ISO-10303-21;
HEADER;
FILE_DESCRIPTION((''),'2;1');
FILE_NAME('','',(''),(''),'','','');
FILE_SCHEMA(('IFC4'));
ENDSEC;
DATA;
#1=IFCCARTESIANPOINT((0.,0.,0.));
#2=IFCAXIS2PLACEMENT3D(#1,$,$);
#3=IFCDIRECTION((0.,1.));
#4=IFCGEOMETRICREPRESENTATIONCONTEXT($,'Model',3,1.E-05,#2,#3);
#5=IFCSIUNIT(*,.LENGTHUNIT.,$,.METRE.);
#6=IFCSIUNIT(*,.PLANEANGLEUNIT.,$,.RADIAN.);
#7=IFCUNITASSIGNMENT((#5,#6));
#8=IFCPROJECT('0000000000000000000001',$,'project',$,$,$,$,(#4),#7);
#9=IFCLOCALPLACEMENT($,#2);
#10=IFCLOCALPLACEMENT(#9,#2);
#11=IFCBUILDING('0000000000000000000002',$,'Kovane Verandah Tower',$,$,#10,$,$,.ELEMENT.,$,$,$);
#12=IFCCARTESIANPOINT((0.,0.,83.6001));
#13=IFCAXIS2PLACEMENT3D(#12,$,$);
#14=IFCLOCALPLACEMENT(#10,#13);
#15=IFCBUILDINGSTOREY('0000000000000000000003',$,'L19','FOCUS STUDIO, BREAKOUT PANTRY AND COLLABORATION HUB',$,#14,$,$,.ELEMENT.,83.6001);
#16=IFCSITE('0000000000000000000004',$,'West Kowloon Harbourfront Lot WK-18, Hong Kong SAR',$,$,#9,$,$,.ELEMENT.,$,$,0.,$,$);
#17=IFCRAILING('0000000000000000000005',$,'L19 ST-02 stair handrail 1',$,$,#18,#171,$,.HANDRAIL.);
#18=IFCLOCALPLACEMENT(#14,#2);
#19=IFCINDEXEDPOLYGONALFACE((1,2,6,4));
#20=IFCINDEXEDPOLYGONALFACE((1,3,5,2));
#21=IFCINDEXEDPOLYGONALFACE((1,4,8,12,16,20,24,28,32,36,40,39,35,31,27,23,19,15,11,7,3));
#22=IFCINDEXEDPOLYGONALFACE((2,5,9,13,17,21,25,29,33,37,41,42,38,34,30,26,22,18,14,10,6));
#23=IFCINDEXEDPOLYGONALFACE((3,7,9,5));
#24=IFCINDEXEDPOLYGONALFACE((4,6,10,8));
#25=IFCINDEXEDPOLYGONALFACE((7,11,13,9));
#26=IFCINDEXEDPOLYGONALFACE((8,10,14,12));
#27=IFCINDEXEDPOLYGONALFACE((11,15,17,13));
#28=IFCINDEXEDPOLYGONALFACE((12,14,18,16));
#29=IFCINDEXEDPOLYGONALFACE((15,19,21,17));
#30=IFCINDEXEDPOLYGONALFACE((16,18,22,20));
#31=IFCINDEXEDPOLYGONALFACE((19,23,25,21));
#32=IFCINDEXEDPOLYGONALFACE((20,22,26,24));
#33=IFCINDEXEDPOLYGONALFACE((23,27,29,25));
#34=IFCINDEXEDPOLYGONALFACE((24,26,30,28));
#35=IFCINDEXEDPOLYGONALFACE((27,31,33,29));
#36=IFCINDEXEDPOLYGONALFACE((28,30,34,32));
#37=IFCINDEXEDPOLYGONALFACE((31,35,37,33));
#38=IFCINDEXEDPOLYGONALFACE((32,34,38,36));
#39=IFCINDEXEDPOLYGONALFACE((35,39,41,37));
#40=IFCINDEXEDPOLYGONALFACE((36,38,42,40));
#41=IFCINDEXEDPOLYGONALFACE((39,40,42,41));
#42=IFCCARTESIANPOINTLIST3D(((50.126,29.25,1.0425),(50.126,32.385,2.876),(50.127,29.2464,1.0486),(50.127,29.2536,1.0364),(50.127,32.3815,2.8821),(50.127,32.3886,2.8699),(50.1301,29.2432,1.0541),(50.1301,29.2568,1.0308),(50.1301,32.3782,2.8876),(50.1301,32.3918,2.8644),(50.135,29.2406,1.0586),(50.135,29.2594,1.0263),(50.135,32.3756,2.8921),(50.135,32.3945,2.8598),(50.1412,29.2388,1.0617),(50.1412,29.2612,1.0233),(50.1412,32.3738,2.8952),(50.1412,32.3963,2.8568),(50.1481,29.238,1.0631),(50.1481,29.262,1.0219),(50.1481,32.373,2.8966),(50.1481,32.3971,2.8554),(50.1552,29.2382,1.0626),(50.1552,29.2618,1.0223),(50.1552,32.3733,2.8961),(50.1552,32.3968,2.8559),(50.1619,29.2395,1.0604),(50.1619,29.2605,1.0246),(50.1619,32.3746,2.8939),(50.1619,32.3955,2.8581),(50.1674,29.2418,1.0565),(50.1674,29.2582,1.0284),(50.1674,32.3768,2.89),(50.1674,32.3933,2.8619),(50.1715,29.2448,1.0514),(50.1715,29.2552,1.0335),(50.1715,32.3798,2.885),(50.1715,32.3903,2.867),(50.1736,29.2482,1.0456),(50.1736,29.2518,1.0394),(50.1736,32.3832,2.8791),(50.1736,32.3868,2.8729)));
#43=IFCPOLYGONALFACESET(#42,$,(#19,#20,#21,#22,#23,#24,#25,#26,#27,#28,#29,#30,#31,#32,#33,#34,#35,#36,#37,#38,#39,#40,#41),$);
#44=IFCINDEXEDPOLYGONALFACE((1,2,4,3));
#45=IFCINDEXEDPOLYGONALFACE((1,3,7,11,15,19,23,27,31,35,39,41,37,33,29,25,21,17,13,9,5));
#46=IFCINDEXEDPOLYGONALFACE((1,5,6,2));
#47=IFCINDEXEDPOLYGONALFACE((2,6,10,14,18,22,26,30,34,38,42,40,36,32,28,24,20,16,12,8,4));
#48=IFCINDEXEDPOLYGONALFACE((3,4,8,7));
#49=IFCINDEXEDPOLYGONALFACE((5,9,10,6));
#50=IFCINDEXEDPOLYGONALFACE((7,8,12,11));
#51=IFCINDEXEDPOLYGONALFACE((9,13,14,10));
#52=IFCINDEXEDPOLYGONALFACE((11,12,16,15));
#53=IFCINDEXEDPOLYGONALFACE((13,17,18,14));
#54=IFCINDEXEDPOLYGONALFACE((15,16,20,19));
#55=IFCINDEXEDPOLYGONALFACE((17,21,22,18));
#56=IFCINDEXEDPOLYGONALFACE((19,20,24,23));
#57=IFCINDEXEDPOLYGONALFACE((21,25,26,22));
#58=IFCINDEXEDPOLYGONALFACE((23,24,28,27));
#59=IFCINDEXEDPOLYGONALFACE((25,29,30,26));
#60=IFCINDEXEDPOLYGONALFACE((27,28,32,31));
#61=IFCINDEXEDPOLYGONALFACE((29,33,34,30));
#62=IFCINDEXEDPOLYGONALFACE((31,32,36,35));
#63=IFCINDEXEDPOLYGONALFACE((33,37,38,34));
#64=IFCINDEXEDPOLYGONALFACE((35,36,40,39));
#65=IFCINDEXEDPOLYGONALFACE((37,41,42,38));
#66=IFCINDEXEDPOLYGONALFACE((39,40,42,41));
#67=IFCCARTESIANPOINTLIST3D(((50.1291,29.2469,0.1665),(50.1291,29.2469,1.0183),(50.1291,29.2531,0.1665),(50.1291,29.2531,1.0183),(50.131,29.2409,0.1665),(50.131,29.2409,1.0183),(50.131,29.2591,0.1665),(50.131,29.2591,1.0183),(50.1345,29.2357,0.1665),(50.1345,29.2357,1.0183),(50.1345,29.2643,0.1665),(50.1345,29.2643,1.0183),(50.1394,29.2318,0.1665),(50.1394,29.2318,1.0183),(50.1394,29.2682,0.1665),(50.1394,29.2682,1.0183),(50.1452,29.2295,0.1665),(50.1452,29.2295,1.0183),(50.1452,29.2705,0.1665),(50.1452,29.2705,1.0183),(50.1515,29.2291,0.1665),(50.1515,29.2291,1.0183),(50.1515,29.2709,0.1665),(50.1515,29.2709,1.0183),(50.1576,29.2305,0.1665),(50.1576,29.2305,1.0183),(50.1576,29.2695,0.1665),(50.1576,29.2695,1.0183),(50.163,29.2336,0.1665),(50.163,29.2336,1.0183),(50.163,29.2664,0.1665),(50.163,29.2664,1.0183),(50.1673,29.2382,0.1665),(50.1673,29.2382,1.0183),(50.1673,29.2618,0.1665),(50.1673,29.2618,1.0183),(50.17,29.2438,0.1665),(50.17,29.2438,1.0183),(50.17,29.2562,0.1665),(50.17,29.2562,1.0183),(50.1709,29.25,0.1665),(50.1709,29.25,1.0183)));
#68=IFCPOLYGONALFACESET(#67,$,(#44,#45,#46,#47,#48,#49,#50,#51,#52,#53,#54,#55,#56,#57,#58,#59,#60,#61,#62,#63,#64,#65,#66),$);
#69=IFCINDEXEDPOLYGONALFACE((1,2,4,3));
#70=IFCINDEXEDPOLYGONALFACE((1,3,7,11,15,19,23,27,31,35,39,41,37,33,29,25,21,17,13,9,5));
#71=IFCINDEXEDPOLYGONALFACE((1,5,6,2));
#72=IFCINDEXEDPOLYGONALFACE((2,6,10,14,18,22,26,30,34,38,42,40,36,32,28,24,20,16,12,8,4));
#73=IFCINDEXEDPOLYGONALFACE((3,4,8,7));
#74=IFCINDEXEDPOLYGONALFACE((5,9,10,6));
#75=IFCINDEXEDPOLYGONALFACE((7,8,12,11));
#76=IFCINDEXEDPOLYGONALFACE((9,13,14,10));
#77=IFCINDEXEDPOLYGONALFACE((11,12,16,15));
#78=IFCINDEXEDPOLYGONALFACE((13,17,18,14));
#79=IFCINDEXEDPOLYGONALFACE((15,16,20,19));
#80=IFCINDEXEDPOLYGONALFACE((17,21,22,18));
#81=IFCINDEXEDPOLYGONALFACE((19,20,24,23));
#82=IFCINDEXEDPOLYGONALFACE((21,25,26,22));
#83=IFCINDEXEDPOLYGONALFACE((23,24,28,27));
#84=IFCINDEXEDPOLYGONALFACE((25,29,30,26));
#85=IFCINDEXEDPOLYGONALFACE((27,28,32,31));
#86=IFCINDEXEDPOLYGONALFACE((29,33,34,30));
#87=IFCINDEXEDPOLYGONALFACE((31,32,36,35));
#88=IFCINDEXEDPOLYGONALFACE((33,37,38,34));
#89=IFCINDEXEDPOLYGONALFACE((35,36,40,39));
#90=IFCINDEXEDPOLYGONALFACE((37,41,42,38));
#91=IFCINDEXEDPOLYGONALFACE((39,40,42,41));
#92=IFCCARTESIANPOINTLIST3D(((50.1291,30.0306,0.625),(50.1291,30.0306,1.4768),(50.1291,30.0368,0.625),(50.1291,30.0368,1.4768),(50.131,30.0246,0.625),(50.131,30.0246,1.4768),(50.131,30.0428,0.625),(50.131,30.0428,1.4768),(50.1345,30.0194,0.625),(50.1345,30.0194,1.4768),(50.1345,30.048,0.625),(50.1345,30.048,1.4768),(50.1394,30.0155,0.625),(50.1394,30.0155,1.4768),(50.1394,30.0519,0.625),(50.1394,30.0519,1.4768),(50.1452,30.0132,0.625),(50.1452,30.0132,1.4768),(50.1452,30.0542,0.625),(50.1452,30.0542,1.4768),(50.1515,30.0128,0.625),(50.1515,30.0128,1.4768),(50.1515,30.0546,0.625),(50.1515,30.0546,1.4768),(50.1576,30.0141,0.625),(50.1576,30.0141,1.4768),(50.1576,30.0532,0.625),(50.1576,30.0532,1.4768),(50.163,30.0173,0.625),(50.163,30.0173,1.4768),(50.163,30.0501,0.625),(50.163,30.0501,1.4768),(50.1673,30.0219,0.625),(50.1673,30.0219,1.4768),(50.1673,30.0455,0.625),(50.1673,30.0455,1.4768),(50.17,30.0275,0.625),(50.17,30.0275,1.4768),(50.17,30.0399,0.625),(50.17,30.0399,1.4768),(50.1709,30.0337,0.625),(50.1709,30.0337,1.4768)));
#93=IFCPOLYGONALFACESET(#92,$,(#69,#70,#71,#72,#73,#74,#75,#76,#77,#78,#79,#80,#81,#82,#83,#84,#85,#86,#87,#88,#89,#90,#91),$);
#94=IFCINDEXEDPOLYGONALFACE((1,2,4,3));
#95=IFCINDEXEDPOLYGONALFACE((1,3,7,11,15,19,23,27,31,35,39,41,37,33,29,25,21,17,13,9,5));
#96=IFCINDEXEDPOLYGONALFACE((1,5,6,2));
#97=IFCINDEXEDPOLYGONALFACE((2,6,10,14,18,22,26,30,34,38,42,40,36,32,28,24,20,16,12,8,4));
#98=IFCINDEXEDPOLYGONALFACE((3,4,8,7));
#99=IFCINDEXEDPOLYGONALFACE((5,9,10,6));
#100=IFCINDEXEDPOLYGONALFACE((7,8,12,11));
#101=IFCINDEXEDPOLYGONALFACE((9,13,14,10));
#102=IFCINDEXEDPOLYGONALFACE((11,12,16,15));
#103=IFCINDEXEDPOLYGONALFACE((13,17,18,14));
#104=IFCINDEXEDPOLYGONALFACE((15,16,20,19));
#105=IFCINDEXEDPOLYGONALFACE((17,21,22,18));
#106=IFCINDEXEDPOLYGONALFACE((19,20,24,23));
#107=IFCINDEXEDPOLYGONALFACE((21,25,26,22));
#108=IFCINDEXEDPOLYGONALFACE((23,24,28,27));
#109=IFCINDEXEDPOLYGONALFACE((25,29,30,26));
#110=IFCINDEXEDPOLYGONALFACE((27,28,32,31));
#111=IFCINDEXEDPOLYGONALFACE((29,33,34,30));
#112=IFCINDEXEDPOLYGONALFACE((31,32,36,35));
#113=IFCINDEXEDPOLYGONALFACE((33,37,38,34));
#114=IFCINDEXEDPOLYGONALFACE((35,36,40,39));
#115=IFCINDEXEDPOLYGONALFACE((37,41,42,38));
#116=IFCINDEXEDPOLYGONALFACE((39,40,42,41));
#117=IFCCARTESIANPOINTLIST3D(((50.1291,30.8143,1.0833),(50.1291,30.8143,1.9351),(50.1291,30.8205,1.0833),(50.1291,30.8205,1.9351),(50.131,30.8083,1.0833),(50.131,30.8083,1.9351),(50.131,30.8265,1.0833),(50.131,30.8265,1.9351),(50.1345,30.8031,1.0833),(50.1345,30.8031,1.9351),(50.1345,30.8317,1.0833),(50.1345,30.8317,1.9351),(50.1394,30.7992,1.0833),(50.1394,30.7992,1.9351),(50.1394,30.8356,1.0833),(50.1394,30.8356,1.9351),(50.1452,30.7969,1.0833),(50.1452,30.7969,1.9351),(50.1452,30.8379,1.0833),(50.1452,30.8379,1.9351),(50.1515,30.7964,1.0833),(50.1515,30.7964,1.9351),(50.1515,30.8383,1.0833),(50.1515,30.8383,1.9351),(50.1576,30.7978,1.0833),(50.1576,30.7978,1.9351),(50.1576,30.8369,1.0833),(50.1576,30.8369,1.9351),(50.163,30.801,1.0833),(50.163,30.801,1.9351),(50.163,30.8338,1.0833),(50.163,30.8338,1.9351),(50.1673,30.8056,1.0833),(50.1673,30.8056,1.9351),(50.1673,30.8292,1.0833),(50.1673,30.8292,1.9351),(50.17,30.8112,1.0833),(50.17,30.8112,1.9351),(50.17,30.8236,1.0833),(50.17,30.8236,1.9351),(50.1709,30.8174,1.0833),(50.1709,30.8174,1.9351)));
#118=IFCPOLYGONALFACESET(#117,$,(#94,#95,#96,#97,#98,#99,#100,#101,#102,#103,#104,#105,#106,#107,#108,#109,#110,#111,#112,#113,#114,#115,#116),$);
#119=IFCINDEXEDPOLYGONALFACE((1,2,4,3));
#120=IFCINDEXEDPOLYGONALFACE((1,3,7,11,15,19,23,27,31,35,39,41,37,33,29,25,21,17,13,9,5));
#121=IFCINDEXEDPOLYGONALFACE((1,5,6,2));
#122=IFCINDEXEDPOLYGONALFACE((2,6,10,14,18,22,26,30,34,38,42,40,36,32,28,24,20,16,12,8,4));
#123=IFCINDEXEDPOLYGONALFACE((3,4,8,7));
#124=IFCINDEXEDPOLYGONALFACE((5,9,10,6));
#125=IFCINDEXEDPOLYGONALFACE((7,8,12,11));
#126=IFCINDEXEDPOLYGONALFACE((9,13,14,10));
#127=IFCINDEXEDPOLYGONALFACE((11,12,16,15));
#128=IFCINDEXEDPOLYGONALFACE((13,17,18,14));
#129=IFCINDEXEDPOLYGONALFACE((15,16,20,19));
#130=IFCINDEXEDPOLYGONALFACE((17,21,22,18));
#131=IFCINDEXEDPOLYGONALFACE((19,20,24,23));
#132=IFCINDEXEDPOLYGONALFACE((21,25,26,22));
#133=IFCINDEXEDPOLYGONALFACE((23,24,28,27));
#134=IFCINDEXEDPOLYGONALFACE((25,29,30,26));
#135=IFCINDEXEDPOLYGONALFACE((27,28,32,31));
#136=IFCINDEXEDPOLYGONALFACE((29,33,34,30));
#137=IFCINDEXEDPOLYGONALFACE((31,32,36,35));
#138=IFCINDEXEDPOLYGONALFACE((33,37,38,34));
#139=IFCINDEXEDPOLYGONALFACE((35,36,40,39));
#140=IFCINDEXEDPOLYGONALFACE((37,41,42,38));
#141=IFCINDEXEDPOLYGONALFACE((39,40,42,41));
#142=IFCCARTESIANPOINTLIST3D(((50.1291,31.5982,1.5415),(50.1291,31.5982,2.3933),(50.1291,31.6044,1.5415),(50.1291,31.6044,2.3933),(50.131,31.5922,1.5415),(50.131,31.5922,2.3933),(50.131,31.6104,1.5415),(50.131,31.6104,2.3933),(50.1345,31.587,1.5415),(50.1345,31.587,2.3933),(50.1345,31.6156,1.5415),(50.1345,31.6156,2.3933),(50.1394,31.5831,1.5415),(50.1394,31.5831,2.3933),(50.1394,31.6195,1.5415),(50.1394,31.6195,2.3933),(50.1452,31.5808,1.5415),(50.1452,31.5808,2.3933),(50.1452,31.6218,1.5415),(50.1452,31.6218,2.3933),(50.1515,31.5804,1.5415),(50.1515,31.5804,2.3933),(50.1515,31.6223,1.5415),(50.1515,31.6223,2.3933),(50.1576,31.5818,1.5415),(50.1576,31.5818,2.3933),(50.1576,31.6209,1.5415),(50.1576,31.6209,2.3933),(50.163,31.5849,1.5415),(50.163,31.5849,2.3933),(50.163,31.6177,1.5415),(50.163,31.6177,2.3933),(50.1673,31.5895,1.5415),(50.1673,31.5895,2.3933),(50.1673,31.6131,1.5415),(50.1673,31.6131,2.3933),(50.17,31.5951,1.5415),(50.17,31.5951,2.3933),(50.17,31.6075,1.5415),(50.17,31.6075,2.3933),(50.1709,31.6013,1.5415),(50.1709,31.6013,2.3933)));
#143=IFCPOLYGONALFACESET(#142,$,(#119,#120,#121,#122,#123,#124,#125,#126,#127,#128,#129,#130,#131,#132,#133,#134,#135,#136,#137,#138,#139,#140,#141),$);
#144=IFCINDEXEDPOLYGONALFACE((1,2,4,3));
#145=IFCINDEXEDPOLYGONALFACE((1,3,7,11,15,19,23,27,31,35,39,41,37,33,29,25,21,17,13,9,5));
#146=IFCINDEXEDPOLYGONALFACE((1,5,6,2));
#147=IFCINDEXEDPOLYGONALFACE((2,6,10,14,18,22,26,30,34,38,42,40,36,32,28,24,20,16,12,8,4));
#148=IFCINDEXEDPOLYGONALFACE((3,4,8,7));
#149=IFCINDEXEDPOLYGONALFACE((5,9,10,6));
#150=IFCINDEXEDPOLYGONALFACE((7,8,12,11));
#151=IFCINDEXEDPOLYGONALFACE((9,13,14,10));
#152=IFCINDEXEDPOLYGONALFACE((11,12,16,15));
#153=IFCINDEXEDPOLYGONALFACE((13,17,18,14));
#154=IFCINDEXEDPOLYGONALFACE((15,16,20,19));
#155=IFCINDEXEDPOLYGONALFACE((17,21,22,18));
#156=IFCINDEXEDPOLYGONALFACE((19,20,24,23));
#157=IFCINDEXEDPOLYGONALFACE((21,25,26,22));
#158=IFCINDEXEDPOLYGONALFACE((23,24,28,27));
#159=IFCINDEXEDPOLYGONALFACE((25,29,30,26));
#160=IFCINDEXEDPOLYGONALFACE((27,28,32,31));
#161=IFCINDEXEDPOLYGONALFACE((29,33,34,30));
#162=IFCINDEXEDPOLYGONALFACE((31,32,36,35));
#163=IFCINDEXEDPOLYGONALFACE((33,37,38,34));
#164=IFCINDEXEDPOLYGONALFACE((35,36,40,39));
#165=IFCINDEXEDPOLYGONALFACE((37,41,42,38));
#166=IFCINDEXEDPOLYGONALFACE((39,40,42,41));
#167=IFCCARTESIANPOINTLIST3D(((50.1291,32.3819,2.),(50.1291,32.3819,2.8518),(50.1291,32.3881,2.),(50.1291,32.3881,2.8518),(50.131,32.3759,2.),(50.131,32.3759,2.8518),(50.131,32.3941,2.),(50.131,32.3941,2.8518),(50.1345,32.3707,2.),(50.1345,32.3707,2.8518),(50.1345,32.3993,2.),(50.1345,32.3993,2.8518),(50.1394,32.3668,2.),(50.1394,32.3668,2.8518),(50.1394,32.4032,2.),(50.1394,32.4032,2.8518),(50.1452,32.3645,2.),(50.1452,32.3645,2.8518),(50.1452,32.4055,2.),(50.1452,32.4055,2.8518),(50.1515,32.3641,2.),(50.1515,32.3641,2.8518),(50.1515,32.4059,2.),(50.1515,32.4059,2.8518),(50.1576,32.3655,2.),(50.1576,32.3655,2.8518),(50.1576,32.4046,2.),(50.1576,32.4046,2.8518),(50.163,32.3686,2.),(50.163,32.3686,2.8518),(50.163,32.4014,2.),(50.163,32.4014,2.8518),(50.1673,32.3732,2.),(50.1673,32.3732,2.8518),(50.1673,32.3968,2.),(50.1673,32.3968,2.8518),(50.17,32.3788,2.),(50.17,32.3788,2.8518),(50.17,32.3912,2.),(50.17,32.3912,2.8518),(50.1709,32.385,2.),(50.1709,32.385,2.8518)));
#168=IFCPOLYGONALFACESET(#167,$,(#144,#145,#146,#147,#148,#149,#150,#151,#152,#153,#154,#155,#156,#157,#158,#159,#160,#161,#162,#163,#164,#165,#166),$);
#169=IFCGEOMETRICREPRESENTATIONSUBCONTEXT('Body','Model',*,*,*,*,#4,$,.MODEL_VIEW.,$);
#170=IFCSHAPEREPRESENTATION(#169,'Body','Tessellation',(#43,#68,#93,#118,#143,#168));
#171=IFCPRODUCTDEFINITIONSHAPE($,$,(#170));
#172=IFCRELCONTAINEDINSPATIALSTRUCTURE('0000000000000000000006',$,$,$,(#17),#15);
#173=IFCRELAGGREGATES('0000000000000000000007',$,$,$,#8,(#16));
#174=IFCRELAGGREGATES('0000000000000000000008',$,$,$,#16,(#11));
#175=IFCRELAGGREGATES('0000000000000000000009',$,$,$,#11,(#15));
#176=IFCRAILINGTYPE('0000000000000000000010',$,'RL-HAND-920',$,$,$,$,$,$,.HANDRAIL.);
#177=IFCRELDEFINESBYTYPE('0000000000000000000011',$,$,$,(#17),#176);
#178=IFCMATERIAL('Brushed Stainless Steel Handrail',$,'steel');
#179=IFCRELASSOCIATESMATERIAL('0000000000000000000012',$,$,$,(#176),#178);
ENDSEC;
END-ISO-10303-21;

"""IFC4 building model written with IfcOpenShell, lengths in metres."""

from ifc_helpers import new_model, si_unit, direction, frame, origin, origin_2d, place, context, subcontext, project, spatial, circle, extrude, material, type_object, element, save


model = new_model("IFC4")

# Units and contexts
model_context = context("Model", 3, precision=1e-05, world=origin(), true_north=direction((0.0, 1.0)))
body_context = subcontext(model_context, "Body", "Model", "MODEL_VIEW")
ifc_project = project(units=[si_unit("LENGTHUNIT", "METRE"), si_unit("PLANEANGLEUNIT", "RADIAN")], contexts=[model_context])

# Site, building, storey
site_placement = place(None, origin())
site = spatial("IfcSite", under=ifc_project, at=site_placement, Name="West Kowloon Harbourfront Lot WK-18, Hong Kong SAR", CompositionType="ELEMENT", RefElevation=0.0)
building_placement = place(site_placement, origin())
building = spatial("IfcBuilding", under=site, at=building_placement, Name="Kovane Verandah Tower", CompositionType="ELEMENT")
storey_placement = place(building_placement, frame((0.0, 0.0, 83.6001)))
storey = spatial("IfcBuildingStorey", under=building, at=storey_placement, Name="L19", Description="FOCUS STUDIO, BREAKOUT PANTRY AND COLLABORATION HUB", CompositionType="ELEMENT", Elevation=83.6001)

# Railing
ifc_material_1 = material(Name="Brushed Stainless Steel Handrail", Category="steel")
railing_type_1 = type_object("IfcRailingType", Name="RL-HAND-920", PredefinedType="HANDRAIL", material=ifc_material_1)
railing_1_placement = place(storey_placement, frame((50.1499, 29.25, 0.1665)))
element("IfcRailing", 1, at=railing_1_placement, inside=storey, type_object=railing_type_1, Name="L19 ST-02 stair handrail 1", PredefinedType="HANDRAIL", context=body_context, shape_type="SweptSolid", body=[
    extrude(circle(Radius=0.0239, at=origin_2d()), frame((0.0, 0.0, 0.876), z_axis=(0.0, 0.86321, 0.504845), x_axis=(-1.0, 0.0, 0.0)), (0.0, 0.0, 1.0), 3.6318),
    extrude(circle(Radius=0.021, at=origin_2d()), origin(), (0.0, 0.0, 1.0), 0.8518),
    extrude(circle(Radius=0.021, at=origin_2d()), frame((0.0, 0.7837, 0.4585)), (0.0, 0.0, 1.0), 0.8518),
    extrude(circle(Radius=0.021, at=origin_2d()), frame((0.0, 1.5674, 0.9167)), (0.0, 0.0, 1.0), 0.8518),
    extrude(circle(Radius=0.021, at=origin_2d()), frame((0.0, 2.3513, 1.375)), (0.0, 0.0, 1.0), 0.8518),
    extrude(circle(Radius=0.021, at=origin_2d()), frame((0.0, 3.135, 1.8335)), (0.0, 0.0, 1.0), 0.8518),
])

save(model, "model.ifc")
